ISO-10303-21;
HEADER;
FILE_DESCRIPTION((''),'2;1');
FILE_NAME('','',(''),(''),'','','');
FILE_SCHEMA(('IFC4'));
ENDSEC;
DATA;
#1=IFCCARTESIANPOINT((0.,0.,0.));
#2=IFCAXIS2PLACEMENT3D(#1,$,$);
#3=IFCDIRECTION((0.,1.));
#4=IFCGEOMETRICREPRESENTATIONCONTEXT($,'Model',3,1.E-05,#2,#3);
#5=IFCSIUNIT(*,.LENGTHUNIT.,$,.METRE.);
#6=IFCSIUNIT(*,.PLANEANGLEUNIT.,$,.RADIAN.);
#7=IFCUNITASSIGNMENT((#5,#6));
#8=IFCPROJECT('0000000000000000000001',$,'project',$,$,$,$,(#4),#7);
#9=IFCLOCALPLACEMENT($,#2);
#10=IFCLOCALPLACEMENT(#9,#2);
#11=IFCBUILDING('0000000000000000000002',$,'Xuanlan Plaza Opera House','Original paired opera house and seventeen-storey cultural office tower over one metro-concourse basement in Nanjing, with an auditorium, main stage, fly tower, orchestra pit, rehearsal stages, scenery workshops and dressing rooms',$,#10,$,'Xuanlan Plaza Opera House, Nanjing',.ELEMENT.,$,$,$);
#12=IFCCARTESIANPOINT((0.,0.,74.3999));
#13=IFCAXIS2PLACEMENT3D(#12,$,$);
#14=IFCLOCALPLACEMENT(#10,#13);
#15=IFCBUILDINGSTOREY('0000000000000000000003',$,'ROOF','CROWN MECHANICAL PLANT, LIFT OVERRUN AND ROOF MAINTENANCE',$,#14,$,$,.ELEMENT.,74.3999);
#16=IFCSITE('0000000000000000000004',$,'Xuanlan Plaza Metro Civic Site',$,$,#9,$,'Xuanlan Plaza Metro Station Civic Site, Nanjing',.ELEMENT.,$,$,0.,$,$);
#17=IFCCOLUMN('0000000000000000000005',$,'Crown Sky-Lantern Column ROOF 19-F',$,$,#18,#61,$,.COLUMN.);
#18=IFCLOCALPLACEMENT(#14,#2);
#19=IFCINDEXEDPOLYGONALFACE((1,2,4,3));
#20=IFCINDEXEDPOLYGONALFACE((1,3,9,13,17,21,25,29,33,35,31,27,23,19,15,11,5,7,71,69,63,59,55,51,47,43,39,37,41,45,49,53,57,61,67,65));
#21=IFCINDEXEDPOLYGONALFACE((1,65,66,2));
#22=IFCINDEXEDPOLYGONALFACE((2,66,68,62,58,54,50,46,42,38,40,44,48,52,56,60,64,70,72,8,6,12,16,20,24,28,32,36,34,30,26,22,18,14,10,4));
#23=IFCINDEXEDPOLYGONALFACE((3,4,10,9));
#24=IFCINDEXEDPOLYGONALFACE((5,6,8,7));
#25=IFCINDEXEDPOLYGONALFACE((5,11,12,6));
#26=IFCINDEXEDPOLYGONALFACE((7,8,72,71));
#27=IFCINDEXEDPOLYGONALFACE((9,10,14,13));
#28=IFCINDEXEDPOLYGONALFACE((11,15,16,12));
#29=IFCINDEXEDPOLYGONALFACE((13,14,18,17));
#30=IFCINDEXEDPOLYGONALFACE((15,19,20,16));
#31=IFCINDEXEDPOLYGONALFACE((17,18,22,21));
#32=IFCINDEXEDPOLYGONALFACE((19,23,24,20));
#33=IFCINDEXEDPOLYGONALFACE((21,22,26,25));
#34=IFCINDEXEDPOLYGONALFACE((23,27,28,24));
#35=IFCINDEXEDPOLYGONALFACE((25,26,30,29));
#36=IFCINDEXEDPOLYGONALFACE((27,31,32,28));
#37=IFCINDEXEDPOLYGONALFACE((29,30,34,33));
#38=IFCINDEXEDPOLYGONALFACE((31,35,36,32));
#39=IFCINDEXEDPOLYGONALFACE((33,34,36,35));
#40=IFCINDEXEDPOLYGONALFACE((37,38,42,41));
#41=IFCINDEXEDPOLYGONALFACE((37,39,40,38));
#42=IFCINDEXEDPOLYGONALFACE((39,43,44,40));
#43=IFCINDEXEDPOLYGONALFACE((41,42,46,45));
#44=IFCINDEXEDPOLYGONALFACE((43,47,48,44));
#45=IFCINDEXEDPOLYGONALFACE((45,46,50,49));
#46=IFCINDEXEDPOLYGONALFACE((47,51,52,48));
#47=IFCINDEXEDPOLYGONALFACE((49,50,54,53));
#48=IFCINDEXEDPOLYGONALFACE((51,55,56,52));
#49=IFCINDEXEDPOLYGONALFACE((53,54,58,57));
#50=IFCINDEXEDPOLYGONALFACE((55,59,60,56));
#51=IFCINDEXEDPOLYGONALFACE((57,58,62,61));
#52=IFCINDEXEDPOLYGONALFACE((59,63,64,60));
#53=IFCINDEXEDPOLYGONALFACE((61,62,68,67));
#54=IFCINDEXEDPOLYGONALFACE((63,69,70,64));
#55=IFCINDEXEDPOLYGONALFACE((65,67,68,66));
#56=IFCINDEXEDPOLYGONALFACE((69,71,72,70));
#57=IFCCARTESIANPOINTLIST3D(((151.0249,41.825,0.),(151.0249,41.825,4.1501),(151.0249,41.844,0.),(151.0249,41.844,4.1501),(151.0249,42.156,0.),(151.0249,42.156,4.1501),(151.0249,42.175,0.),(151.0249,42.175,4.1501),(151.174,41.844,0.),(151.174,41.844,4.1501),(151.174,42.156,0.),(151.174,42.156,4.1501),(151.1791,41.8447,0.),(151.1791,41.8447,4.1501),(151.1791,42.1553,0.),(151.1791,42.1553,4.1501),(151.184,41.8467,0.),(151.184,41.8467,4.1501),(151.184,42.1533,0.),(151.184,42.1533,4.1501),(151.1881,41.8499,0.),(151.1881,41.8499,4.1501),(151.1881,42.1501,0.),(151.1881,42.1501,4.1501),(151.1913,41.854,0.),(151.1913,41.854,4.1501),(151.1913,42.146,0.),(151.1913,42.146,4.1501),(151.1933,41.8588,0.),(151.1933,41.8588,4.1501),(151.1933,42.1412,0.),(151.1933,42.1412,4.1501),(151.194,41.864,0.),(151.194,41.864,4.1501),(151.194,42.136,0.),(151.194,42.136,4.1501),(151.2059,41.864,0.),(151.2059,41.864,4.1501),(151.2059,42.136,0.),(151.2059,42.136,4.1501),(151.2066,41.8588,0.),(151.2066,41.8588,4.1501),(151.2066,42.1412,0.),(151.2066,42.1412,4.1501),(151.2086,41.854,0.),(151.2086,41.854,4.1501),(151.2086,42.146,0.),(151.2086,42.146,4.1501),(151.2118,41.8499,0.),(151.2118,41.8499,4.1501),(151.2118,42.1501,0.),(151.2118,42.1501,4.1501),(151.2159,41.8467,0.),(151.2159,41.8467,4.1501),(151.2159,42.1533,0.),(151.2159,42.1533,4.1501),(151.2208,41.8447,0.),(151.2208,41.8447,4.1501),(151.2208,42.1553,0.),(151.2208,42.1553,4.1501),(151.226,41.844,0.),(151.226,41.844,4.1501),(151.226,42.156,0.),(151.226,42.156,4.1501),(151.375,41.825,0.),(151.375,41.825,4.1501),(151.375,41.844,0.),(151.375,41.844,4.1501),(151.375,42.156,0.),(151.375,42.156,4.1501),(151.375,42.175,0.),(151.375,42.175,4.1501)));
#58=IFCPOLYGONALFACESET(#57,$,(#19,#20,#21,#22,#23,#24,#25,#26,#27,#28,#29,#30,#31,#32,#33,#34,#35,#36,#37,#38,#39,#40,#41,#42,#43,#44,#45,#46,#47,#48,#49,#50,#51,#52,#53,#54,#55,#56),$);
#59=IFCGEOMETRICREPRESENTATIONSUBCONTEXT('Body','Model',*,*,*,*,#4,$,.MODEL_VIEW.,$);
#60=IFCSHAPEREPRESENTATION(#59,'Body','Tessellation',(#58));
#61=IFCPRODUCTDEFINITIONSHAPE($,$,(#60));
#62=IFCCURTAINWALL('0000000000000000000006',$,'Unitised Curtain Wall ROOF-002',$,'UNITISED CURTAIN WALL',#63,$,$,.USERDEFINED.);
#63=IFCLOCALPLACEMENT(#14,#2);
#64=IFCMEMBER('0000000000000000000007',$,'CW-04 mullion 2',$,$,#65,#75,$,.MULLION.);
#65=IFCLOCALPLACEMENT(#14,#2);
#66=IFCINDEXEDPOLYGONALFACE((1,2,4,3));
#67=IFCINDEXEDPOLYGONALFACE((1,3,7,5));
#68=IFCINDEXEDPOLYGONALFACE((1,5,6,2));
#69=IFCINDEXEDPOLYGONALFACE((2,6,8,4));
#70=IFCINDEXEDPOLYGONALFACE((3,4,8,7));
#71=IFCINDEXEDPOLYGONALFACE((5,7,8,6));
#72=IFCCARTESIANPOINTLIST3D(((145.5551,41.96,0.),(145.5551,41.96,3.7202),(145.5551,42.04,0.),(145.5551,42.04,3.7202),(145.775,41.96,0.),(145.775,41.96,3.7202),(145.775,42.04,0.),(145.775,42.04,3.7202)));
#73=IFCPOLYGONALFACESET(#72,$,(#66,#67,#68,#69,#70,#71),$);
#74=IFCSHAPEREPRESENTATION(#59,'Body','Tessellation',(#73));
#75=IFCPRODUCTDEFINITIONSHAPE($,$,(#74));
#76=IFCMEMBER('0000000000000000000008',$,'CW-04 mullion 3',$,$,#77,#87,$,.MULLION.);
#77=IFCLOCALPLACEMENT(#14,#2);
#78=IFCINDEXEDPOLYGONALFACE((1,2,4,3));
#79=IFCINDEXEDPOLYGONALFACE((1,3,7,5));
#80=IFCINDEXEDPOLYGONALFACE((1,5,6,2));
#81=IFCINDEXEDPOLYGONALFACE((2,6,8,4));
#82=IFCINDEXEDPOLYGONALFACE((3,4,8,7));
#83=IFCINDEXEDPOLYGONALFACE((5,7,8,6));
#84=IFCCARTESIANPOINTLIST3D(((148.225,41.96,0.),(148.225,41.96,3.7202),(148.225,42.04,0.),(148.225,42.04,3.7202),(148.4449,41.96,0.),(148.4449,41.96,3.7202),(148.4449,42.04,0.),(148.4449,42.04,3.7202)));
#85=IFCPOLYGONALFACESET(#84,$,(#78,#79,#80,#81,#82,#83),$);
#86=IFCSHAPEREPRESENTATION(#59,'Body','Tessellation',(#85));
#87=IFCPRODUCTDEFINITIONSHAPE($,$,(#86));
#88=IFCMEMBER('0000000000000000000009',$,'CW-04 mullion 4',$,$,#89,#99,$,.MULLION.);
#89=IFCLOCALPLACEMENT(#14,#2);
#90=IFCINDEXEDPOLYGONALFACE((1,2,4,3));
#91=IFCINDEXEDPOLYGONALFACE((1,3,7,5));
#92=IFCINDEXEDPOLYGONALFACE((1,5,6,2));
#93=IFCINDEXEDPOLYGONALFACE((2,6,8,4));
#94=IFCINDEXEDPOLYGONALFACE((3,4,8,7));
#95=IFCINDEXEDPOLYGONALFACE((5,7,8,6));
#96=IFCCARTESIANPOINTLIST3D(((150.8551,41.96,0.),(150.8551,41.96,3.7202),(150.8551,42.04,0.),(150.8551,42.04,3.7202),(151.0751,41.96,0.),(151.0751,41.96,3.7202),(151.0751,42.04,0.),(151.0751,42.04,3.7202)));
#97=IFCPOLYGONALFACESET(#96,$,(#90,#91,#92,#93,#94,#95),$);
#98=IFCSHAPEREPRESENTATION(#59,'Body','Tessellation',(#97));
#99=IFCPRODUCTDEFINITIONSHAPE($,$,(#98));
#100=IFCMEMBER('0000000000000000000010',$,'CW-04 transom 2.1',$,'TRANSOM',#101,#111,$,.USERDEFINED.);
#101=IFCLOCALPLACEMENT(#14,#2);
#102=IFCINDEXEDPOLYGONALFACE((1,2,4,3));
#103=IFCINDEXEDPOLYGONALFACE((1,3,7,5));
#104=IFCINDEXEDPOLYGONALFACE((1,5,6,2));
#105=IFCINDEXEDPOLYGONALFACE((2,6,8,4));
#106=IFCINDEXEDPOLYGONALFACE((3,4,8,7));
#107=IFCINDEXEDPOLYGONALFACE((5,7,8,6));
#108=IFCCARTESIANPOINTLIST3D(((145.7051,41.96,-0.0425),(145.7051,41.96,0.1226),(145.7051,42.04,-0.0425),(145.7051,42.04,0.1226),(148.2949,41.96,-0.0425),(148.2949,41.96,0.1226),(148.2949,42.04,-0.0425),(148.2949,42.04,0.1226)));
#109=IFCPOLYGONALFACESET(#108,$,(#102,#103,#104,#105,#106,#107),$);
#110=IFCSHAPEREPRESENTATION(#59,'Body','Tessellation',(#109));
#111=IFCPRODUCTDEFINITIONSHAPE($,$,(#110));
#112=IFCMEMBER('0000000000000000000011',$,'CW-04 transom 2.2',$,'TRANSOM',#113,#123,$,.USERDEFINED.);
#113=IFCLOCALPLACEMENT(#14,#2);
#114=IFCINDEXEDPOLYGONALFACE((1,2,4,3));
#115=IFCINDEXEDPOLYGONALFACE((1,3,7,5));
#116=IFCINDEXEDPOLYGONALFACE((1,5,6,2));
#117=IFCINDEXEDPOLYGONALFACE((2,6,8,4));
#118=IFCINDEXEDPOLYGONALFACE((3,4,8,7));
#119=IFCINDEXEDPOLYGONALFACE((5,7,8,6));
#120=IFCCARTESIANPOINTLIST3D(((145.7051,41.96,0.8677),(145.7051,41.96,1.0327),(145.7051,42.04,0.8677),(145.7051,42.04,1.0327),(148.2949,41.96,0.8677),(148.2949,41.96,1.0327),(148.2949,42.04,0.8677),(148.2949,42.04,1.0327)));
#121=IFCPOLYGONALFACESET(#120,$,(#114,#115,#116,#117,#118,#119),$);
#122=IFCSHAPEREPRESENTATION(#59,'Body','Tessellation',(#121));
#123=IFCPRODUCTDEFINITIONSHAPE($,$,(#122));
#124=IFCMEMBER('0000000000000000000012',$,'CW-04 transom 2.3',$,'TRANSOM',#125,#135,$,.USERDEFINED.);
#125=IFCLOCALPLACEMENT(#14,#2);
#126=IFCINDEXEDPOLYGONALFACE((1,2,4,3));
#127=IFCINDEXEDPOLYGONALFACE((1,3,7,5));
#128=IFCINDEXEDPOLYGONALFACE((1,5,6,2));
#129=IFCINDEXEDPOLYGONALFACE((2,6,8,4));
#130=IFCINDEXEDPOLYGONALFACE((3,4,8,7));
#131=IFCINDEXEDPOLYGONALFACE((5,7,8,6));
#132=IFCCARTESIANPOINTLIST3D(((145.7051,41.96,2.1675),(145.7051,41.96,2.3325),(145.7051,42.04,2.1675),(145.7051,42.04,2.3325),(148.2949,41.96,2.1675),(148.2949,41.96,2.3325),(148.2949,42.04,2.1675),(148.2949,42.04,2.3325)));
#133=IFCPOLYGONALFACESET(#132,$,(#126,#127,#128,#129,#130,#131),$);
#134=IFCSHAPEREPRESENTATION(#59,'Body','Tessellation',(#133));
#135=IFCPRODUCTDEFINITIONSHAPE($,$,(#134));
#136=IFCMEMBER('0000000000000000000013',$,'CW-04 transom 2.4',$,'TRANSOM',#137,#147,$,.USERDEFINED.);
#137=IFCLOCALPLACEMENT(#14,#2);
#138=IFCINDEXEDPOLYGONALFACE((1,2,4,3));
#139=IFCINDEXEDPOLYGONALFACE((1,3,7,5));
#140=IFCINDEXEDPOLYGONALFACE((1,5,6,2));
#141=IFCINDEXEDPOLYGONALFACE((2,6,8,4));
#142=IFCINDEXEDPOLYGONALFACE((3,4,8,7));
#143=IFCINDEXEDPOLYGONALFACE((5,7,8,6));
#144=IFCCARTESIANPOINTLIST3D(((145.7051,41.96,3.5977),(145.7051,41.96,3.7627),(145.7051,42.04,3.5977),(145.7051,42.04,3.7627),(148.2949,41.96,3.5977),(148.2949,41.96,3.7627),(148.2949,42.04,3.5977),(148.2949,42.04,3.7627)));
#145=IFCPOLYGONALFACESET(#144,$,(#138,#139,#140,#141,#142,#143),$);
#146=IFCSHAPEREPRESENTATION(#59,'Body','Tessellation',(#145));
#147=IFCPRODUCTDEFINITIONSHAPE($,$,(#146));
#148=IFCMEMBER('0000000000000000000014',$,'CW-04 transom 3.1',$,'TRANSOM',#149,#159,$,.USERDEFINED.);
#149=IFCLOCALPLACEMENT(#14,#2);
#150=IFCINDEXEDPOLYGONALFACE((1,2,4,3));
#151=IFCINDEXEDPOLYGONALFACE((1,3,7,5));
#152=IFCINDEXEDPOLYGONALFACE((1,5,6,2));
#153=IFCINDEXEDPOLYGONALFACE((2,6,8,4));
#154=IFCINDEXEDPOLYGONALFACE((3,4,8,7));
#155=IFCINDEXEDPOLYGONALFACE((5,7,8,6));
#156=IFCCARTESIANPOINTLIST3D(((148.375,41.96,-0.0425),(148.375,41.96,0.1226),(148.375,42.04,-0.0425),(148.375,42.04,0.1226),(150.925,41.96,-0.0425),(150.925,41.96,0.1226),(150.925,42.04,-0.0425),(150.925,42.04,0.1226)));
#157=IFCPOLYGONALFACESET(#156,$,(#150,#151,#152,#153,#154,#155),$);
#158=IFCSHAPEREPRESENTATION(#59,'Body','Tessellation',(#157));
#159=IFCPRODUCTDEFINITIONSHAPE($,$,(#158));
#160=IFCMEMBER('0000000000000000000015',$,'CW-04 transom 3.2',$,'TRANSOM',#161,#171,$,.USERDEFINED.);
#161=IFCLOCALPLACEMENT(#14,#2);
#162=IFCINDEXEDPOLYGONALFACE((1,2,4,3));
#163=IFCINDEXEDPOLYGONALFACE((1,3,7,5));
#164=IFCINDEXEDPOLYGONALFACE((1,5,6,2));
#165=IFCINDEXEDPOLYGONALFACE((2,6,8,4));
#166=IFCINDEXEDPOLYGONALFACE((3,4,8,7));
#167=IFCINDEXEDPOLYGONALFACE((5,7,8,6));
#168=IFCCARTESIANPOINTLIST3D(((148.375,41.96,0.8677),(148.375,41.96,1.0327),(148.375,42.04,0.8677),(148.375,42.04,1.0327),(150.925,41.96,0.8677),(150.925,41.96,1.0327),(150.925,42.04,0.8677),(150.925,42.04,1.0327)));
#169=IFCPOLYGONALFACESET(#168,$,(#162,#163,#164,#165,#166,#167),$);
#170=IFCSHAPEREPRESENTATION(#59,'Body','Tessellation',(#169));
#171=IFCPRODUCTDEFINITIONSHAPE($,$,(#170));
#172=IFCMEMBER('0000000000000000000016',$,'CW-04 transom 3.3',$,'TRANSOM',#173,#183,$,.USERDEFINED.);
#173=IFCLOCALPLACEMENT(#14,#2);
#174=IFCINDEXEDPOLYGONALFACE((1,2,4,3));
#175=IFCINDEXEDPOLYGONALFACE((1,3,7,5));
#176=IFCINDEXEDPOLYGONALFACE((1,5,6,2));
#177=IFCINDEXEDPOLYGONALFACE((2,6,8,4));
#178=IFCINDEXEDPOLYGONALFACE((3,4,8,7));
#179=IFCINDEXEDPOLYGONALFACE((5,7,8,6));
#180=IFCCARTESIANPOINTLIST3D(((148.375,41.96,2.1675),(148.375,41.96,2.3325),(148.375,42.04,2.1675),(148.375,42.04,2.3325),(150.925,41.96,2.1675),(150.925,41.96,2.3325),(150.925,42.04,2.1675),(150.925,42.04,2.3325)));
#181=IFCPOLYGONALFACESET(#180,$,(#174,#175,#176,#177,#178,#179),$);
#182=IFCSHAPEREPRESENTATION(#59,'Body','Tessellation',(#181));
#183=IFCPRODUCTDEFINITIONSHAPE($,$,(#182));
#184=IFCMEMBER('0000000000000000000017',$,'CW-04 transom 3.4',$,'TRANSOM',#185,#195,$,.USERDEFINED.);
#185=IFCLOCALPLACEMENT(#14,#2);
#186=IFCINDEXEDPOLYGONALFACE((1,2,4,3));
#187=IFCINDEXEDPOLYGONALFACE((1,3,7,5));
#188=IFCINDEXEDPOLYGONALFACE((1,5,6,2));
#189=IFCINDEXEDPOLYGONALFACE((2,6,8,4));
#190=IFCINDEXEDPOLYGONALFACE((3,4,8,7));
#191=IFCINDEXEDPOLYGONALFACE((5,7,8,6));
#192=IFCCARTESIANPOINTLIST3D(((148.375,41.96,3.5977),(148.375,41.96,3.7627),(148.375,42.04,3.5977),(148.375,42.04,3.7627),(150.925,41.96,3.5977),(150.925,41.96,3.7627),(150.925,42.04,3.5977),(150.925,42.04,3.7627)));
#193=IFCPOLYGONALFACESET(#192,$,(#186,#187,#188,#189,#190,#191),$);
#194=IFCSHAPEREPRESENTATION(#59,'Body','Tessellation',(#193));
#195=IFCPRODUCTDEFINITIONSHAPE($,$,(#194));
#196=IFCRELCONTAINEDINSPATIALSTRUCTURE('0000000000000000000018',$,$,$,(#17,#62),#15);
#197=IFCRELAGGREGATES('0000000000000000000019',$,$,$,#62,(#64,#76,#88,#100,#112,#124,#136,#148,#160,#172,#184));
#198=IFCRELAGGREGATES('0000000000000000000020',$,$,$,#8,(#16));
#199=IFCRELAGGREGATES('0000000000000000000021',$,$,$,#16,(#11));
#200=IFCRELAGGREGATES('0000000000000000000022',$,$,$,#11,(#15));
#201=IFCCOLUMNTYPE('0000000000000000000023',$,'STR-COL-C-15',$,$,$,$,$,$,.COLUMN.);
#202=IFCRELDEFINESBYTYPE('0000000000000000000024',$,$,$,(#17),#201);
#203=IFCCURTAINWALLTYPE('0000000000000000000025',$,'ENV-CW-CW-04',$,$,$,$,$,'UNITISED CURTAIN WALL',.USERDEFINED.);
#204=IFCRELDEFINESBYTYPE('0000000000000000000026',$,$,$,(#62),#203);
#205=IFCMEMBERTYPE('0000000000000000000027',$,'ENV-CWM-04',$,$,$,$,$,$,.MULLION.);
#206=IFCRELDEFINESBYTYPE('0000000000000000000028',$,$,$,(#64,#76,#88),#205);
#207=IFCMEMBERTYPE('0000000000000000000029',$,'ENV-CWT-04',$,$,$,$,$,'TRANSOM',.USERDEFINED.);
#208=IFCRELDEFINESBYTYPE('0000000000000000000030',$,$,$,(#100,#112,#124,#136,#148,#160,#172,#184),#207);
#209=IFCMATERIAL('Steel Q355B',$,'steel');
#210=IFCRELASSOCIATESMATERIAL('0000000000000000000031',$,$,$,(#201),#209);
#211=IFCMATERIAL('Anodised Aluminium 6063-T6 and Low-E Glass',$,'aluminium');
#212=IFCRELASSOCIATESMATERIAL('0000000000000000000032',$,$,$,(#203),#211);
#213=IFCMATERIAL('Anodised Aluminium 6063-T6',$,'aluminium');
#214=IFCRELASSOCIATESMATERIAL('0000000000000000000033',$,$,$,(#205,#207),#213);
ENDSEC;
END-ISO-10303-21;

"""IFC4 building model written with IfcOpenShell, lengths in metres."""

from ifc_helpers import new_model, si_unit, direction, frame, origin, origin_2d, place, context, subcontext, project, spatial, rectangle, i_section, extrude, material, material_profile, profile_set, type_object, element, aggregate, save


model = new_model("IFC4")

# Units and contexts
model_context = context("Model", 3, precision=1e-05, world=origin(), true_north=direction((0.0, 1.0)))
body_context = subcontext(model_context, "Body", "Model", "MODEL_VIEW")
ifc_project = project(units=[si_unit("LENGTHUNIT", "METRE"), si_unit("PLANEANGLEUNIT", "RADIAN")], contexts=[model_context])

# Site, building, storey
site_placement = place(None, origin())
site = spatial("IfcSite", under=ifc_project, at=site_placement, Name="Xuanlan Plaza Metro Civic Site", LongName="Xuanlan Plaza Metro Station Civic Site, Nanjing", CompositionType="ELEMENT", RefElevation=0.0)
building_placement = place(site_placement, origin())
building = spatial("IfcBuilding", under=site, at=building_placement, Name="Xuanlan Plaza Opera House", Description="Original paired opera house and seventeen-storey cultural office tower over one metro-concourse basement in Nanjing, with an auditorium, main stage, fly tower, orchestra pit, rehearsal stages, scenery workshops and dressing rooms", LongName="Xuanlan Plaza Opera House, Nanjing", CompositionType="ELEMENT")
storey_placement = place(building_placement, frame((0.0, 0.0, 74.3999)))
storey = spatial("IfcBuildingStorey", under=building, at=storey_placement, Name="ROOF", Description="CROWN MECHANICAL PLANT, LIFT OVERRUN AND ROOF MAINTENANCE", CompositionType="ELEMENT", Elevation=74.3999)

# Column
ifc_material_1 = material(Name="Steel Q355B", Category="steel")
ifc_material_profile_1 = material_profile(ifc_material_1, i_section(OverallWidth=0.3501, OverallDepth=0.3501, WebThickness=0.012, FlangeThickness=0.019, FilletRadius=0.02, at=origin_2d()), Name="HW 350x350x12x19")
ifc_profile_set_1 = profile_set([ifc_material_profile_1], Name="Steel Q355B")
column_type = type_object("IfcColumnType", Name="STR-COL-C-15", PredefinedType="COLUMN", material=ifc_profile_set_1)
column_placement = place(storey_placement, frame((151.2, 42.0, 0.0), z_axis=(0.0, 0.0, 1.0), x_axis=(1.0, 0.0, 0.0)))
element("IfcColumn", 1, at=column_placement, inside=storey, type_object=column_type, Name="Crown Sky-Lantern Column ROOF 19-F", PredefinedType="COLUMN", context=body_context, shape_type="SweptSolid", body=[
    extrude(i_section(OverallWidth=0.3501, OverallDepth=0.3501, WebThickness=0.012, FlangeThickness=0.019, FilletRadius=0.02, at=origin_2d()), origin(), (0.0, 0.0, 1.0), 4.1501),
])

# Curtain wall, members
ifc_material_2 = material(Name="Anodised Aluminium 6063-T6 and Low-E Glass", Category="aluminium")
curtain_wall_type = type_object("IfcCurtainWallType", Name="ENV-CW-CW-04", ElementType="UNITISED CURTAIN WALL", PredefinedType="USERDEFINED", material=ifc_material_2)
curtain_wall_placement = place(storey_placement, origin())
curtain_wall = element("IfcCurtainWall", 2, at=curtain_wall_placement, inside=storey, type_object=curtain_wall_type, Name="Unitised Curtain Wall ROOF-002", ObjectType="UNITISED CURTAIN WALL", PredefinedType="USERDEFINED")
ifc_material_3 = material(Name="Anodised Aluminium 6063-T6", Category="aluminium")
ifc_material_profile_2 = material_profile(ifc_material_3, rectangle(XDim=0.0801, YDim=0.22, at=origin_2d()), Name="ALU-M 80x220")
ifc_profile_set_2 = profile_set([ifc_material_profile_2], Name="Anodised Aluminium 6063-T6")
member_type_1 = type_object("IfcMemberType", Name="ENV-CWM-04", PredefinedType="MULLION", material=ifc_profile_set_2)
member_1_placement = place(storey_placement, frame((145.665, 42.0, 0.0), z_axis=(0.0, 0.0, 1.0), x_axis=(0.0, 1.0, 0.0)))
member_1 = element("IfcMember", 3, at=member_1_placement, type_object=member_type_1, Name="CW-04 mullion 2", PredefinedType="MULLION", context=body_context, shape_type="SweptSolid", body=[
    extrude(rectangle(XDim=0.0801, YDim=0.22, at=origin_2d()), origin(), (0.0, 0.0, 1.0), 3.7202),
])
member_2_placement = place(storey_placement, frame((148.335, 42.0, 0.0), z_axis=(0.0, 0.0, 1.0), x_axis=(0.0, 1.0, 0.0)))
member_2 = element("IfcMember", 4, at=member_2_placement, type_object=member_type_1, Name="CW-04 mullion 3", PredefinedType="MULLION", context=body_context, shape_type="SweptSolid", body=[
    extrude(rectangle(XDim=0.0801, YDim=0.22, at=origin_2d()), origin(), (0.0, 0.0, 1.0), 3.7202),
])
member_3_placement = place(storey_placement, frame((150.9651, 42.0, 0.0), z_axis=(0.0, 0.0, 1.0), x_axis=(0.0, 1.0, 0.0)))
member_3 = element("IfcMember", 5, at=member_3_placement, type_object=member_type_1, Name="CW-04 mullion 4", PredefinedType="MULLION", context=body_context, shape_type="SweptSolid", body=[
    extrude(rectangle(XDim=0.0801, YDim=0.22, at=origin_2d()), origin(), (0.0, 0.0, 1.0), 3.7202),
])
ifc_material_profile_3 = material_profile(ifc_material_3, rectangle(XDim=0.0801, YDim=0.165, at=origin_2d()), Name="ALU-T 80x165")
ifc_profile_set_3 = profile_set([ifc_material_profile_3], Name="Anodised Aluminium 6063-T6")
member_type_2 = type_object("IfcMemberType", Name="ENV-CWT-04", ElementType="TRANSOM", PredefinedType="USERDEFINED", material=ifc_profile_set_3)
member_4_placement = place(storey_placement, frame((145.7051, 42.0, 0.04), z_axis=(1.0, 0.0, 0.0), x_axis=(0.0, 1.0, 0.0)))
member_4 = element("IfcMember", 6, at=member_4_placement, type_object=member_type_2, Name="CW-04 transom 2.1", ObjectType="TRANSOM", PredefinedType="USERDEFINED", context=body_context, shape_type="SweptSolid", body=[
    extrude(rectangle(XDim=0.0801, YDim=0.165, at=origin_2d()), origin(), (0.0, 0.0, 1.0), 2.5898),
])
member_5_placement = place(storey_placement, frame((145.7051, 42.0, 0.9502), z_axis=(1.0, 0.0, 0.0), x_axis=(0.0, 1.0, 0.0)))
member_5 = element("IfcMember", 7, at=member_5_placement, type_object=member_type_2, Name="CW-04 transom 2.2", ObjectType="TRANSOM", PredefinedType="USERDEFINED", context=body_context, shape_type="SweptSolid", body=[
    extrude(rectangle(XDim=0.0801, YDim=0.165, at=origin_2d()), origin(), (0.0, 0.0, 1.0), 2.5898),
])
member_6_placement = place(storey_placement, frame((145.7051, 42.0, 2.25), z_axis=(1.0, 0.0, 0.0), x_axis=(0.0, 1.0, 0.0)))
member_6 = element("IfcMember", 8, at=member_6_placement, type_object=member_type_2, Name="CW-04 transom 2.3", ObjectType="TRANSOM", PredefinedType="USERDEFINED", context=body_context, shape_type="SweptSolid", body=[
    extrude(rectangle(XDim=0.0801, YDim=0.165, at=origin_2d()), origin(), (0.0, 0.0, 1.0), 2.5898),
])
member_7_placement = place(storey_placement, frame((145.7051, 42.0, 3.6802), z_axis=(1.0, 0.0, 0.0), x_axis=(0.0, 1.0, 0.0)))
member_7 = element("IfcMember", 9, at=member_7_placement, type_object=member_type_2, Name="CW-04 transom 2.4", ObjectType="TRANSOM", PredefinedType="USERDEFINED", context=body_context, shape_type="SweptSolid", body=[
    extrude(rectangle(XDim=0.0801, YDim=0.165, at=origin_2d()), origin(), (0.0, 0.0, 1.0), 2.5898),
])
member_8_placement = place(storey_placement, frame((148.375, 42.0, 0.04), z_axis=(1.0, 0.0, 0.0), x_axis=(0.0, 1.0, 0.0)))
member_8 = element("IfcMember", 10, at=member_8_placement, type_object=member_type_2, Name="CW-04 transom 3.1", ObjectType="TRANSOM", PredefinedType="USERDEFINED", context=body_context, shape_type="SweptSolid", body=[
    extrude(rectangle(XDim=0.0801, YDim=0.165, at=origin_2d()), origin(), (0.0, 0.0, 1.0), 2.55),
])
member_9_placement = place(storey_placement, frame((148.375, 42.0, 0.9502), z_axis=(1.0, 0.0, 0.0), x_axis=(0.0, 1.0, 0.0)))
member_9 = element("IfcMember", 11, at=member_9_placement, type_object=member_type_2, Name="CW-04 transom 3.2", ObjectType="TRANSOM", PredefinedType="USERDEFINED", context=body_context, shape_type="SweptSolid", body=[
    extrude(rectangle(XDim=0.0801, YDim=0.165, at=origin_2d()), origin(), (0.0, 0.0, 1.0), 2.55),
])
member_10_placement = place(storey_placement, frame((148.375, 42.0, 2.25), z_axis=(1.0, 0.0, 0.0), x_axis=(0.0, 1.0, 0.0)))
member_10 = element("IfcMember", 12, at=member_10_placement, type_object=member_type_2, Name="CW-04 transom 3.3", ObjectType="TRANSOM", PredefinedType="USERDEFINED", context=body_context, shape_type="SweptSolid", body=[
    extrude(rectangle(XDim=0.0801, YDim=0.165, at=origin_2d()), origin(), (0.0, 0.0, 1.0), 2.55),
])
member_11_placement = place(storey_placement, frame((148.375, 42.0, 3.6802), z_axis=(1.0, 0.0, 0.0), x_axis=(0.0, 1.0, 0.0)))
member_11 = element("IfcMember", 13, at=member_11_placement, type_object=member_type_2, Name="CW-04 transom 3.4", ObjectType="TRANSOM", PredefinedType="USERDEFINED", context=body_context, shape_type="SweptSolid", body=[
    extrude(rectangle(XDim=0.0801, YDim=0.165, at=origin_2d()), origin(), (0.0, 0.0, 1.0), 2.55),
])
aggregate(curtain_wall, [member_1, member_2, member_3, member_4, member_5, member_6, member_7, member_8, member_9, member_10, member_11])

save(model, "model.ifc")
